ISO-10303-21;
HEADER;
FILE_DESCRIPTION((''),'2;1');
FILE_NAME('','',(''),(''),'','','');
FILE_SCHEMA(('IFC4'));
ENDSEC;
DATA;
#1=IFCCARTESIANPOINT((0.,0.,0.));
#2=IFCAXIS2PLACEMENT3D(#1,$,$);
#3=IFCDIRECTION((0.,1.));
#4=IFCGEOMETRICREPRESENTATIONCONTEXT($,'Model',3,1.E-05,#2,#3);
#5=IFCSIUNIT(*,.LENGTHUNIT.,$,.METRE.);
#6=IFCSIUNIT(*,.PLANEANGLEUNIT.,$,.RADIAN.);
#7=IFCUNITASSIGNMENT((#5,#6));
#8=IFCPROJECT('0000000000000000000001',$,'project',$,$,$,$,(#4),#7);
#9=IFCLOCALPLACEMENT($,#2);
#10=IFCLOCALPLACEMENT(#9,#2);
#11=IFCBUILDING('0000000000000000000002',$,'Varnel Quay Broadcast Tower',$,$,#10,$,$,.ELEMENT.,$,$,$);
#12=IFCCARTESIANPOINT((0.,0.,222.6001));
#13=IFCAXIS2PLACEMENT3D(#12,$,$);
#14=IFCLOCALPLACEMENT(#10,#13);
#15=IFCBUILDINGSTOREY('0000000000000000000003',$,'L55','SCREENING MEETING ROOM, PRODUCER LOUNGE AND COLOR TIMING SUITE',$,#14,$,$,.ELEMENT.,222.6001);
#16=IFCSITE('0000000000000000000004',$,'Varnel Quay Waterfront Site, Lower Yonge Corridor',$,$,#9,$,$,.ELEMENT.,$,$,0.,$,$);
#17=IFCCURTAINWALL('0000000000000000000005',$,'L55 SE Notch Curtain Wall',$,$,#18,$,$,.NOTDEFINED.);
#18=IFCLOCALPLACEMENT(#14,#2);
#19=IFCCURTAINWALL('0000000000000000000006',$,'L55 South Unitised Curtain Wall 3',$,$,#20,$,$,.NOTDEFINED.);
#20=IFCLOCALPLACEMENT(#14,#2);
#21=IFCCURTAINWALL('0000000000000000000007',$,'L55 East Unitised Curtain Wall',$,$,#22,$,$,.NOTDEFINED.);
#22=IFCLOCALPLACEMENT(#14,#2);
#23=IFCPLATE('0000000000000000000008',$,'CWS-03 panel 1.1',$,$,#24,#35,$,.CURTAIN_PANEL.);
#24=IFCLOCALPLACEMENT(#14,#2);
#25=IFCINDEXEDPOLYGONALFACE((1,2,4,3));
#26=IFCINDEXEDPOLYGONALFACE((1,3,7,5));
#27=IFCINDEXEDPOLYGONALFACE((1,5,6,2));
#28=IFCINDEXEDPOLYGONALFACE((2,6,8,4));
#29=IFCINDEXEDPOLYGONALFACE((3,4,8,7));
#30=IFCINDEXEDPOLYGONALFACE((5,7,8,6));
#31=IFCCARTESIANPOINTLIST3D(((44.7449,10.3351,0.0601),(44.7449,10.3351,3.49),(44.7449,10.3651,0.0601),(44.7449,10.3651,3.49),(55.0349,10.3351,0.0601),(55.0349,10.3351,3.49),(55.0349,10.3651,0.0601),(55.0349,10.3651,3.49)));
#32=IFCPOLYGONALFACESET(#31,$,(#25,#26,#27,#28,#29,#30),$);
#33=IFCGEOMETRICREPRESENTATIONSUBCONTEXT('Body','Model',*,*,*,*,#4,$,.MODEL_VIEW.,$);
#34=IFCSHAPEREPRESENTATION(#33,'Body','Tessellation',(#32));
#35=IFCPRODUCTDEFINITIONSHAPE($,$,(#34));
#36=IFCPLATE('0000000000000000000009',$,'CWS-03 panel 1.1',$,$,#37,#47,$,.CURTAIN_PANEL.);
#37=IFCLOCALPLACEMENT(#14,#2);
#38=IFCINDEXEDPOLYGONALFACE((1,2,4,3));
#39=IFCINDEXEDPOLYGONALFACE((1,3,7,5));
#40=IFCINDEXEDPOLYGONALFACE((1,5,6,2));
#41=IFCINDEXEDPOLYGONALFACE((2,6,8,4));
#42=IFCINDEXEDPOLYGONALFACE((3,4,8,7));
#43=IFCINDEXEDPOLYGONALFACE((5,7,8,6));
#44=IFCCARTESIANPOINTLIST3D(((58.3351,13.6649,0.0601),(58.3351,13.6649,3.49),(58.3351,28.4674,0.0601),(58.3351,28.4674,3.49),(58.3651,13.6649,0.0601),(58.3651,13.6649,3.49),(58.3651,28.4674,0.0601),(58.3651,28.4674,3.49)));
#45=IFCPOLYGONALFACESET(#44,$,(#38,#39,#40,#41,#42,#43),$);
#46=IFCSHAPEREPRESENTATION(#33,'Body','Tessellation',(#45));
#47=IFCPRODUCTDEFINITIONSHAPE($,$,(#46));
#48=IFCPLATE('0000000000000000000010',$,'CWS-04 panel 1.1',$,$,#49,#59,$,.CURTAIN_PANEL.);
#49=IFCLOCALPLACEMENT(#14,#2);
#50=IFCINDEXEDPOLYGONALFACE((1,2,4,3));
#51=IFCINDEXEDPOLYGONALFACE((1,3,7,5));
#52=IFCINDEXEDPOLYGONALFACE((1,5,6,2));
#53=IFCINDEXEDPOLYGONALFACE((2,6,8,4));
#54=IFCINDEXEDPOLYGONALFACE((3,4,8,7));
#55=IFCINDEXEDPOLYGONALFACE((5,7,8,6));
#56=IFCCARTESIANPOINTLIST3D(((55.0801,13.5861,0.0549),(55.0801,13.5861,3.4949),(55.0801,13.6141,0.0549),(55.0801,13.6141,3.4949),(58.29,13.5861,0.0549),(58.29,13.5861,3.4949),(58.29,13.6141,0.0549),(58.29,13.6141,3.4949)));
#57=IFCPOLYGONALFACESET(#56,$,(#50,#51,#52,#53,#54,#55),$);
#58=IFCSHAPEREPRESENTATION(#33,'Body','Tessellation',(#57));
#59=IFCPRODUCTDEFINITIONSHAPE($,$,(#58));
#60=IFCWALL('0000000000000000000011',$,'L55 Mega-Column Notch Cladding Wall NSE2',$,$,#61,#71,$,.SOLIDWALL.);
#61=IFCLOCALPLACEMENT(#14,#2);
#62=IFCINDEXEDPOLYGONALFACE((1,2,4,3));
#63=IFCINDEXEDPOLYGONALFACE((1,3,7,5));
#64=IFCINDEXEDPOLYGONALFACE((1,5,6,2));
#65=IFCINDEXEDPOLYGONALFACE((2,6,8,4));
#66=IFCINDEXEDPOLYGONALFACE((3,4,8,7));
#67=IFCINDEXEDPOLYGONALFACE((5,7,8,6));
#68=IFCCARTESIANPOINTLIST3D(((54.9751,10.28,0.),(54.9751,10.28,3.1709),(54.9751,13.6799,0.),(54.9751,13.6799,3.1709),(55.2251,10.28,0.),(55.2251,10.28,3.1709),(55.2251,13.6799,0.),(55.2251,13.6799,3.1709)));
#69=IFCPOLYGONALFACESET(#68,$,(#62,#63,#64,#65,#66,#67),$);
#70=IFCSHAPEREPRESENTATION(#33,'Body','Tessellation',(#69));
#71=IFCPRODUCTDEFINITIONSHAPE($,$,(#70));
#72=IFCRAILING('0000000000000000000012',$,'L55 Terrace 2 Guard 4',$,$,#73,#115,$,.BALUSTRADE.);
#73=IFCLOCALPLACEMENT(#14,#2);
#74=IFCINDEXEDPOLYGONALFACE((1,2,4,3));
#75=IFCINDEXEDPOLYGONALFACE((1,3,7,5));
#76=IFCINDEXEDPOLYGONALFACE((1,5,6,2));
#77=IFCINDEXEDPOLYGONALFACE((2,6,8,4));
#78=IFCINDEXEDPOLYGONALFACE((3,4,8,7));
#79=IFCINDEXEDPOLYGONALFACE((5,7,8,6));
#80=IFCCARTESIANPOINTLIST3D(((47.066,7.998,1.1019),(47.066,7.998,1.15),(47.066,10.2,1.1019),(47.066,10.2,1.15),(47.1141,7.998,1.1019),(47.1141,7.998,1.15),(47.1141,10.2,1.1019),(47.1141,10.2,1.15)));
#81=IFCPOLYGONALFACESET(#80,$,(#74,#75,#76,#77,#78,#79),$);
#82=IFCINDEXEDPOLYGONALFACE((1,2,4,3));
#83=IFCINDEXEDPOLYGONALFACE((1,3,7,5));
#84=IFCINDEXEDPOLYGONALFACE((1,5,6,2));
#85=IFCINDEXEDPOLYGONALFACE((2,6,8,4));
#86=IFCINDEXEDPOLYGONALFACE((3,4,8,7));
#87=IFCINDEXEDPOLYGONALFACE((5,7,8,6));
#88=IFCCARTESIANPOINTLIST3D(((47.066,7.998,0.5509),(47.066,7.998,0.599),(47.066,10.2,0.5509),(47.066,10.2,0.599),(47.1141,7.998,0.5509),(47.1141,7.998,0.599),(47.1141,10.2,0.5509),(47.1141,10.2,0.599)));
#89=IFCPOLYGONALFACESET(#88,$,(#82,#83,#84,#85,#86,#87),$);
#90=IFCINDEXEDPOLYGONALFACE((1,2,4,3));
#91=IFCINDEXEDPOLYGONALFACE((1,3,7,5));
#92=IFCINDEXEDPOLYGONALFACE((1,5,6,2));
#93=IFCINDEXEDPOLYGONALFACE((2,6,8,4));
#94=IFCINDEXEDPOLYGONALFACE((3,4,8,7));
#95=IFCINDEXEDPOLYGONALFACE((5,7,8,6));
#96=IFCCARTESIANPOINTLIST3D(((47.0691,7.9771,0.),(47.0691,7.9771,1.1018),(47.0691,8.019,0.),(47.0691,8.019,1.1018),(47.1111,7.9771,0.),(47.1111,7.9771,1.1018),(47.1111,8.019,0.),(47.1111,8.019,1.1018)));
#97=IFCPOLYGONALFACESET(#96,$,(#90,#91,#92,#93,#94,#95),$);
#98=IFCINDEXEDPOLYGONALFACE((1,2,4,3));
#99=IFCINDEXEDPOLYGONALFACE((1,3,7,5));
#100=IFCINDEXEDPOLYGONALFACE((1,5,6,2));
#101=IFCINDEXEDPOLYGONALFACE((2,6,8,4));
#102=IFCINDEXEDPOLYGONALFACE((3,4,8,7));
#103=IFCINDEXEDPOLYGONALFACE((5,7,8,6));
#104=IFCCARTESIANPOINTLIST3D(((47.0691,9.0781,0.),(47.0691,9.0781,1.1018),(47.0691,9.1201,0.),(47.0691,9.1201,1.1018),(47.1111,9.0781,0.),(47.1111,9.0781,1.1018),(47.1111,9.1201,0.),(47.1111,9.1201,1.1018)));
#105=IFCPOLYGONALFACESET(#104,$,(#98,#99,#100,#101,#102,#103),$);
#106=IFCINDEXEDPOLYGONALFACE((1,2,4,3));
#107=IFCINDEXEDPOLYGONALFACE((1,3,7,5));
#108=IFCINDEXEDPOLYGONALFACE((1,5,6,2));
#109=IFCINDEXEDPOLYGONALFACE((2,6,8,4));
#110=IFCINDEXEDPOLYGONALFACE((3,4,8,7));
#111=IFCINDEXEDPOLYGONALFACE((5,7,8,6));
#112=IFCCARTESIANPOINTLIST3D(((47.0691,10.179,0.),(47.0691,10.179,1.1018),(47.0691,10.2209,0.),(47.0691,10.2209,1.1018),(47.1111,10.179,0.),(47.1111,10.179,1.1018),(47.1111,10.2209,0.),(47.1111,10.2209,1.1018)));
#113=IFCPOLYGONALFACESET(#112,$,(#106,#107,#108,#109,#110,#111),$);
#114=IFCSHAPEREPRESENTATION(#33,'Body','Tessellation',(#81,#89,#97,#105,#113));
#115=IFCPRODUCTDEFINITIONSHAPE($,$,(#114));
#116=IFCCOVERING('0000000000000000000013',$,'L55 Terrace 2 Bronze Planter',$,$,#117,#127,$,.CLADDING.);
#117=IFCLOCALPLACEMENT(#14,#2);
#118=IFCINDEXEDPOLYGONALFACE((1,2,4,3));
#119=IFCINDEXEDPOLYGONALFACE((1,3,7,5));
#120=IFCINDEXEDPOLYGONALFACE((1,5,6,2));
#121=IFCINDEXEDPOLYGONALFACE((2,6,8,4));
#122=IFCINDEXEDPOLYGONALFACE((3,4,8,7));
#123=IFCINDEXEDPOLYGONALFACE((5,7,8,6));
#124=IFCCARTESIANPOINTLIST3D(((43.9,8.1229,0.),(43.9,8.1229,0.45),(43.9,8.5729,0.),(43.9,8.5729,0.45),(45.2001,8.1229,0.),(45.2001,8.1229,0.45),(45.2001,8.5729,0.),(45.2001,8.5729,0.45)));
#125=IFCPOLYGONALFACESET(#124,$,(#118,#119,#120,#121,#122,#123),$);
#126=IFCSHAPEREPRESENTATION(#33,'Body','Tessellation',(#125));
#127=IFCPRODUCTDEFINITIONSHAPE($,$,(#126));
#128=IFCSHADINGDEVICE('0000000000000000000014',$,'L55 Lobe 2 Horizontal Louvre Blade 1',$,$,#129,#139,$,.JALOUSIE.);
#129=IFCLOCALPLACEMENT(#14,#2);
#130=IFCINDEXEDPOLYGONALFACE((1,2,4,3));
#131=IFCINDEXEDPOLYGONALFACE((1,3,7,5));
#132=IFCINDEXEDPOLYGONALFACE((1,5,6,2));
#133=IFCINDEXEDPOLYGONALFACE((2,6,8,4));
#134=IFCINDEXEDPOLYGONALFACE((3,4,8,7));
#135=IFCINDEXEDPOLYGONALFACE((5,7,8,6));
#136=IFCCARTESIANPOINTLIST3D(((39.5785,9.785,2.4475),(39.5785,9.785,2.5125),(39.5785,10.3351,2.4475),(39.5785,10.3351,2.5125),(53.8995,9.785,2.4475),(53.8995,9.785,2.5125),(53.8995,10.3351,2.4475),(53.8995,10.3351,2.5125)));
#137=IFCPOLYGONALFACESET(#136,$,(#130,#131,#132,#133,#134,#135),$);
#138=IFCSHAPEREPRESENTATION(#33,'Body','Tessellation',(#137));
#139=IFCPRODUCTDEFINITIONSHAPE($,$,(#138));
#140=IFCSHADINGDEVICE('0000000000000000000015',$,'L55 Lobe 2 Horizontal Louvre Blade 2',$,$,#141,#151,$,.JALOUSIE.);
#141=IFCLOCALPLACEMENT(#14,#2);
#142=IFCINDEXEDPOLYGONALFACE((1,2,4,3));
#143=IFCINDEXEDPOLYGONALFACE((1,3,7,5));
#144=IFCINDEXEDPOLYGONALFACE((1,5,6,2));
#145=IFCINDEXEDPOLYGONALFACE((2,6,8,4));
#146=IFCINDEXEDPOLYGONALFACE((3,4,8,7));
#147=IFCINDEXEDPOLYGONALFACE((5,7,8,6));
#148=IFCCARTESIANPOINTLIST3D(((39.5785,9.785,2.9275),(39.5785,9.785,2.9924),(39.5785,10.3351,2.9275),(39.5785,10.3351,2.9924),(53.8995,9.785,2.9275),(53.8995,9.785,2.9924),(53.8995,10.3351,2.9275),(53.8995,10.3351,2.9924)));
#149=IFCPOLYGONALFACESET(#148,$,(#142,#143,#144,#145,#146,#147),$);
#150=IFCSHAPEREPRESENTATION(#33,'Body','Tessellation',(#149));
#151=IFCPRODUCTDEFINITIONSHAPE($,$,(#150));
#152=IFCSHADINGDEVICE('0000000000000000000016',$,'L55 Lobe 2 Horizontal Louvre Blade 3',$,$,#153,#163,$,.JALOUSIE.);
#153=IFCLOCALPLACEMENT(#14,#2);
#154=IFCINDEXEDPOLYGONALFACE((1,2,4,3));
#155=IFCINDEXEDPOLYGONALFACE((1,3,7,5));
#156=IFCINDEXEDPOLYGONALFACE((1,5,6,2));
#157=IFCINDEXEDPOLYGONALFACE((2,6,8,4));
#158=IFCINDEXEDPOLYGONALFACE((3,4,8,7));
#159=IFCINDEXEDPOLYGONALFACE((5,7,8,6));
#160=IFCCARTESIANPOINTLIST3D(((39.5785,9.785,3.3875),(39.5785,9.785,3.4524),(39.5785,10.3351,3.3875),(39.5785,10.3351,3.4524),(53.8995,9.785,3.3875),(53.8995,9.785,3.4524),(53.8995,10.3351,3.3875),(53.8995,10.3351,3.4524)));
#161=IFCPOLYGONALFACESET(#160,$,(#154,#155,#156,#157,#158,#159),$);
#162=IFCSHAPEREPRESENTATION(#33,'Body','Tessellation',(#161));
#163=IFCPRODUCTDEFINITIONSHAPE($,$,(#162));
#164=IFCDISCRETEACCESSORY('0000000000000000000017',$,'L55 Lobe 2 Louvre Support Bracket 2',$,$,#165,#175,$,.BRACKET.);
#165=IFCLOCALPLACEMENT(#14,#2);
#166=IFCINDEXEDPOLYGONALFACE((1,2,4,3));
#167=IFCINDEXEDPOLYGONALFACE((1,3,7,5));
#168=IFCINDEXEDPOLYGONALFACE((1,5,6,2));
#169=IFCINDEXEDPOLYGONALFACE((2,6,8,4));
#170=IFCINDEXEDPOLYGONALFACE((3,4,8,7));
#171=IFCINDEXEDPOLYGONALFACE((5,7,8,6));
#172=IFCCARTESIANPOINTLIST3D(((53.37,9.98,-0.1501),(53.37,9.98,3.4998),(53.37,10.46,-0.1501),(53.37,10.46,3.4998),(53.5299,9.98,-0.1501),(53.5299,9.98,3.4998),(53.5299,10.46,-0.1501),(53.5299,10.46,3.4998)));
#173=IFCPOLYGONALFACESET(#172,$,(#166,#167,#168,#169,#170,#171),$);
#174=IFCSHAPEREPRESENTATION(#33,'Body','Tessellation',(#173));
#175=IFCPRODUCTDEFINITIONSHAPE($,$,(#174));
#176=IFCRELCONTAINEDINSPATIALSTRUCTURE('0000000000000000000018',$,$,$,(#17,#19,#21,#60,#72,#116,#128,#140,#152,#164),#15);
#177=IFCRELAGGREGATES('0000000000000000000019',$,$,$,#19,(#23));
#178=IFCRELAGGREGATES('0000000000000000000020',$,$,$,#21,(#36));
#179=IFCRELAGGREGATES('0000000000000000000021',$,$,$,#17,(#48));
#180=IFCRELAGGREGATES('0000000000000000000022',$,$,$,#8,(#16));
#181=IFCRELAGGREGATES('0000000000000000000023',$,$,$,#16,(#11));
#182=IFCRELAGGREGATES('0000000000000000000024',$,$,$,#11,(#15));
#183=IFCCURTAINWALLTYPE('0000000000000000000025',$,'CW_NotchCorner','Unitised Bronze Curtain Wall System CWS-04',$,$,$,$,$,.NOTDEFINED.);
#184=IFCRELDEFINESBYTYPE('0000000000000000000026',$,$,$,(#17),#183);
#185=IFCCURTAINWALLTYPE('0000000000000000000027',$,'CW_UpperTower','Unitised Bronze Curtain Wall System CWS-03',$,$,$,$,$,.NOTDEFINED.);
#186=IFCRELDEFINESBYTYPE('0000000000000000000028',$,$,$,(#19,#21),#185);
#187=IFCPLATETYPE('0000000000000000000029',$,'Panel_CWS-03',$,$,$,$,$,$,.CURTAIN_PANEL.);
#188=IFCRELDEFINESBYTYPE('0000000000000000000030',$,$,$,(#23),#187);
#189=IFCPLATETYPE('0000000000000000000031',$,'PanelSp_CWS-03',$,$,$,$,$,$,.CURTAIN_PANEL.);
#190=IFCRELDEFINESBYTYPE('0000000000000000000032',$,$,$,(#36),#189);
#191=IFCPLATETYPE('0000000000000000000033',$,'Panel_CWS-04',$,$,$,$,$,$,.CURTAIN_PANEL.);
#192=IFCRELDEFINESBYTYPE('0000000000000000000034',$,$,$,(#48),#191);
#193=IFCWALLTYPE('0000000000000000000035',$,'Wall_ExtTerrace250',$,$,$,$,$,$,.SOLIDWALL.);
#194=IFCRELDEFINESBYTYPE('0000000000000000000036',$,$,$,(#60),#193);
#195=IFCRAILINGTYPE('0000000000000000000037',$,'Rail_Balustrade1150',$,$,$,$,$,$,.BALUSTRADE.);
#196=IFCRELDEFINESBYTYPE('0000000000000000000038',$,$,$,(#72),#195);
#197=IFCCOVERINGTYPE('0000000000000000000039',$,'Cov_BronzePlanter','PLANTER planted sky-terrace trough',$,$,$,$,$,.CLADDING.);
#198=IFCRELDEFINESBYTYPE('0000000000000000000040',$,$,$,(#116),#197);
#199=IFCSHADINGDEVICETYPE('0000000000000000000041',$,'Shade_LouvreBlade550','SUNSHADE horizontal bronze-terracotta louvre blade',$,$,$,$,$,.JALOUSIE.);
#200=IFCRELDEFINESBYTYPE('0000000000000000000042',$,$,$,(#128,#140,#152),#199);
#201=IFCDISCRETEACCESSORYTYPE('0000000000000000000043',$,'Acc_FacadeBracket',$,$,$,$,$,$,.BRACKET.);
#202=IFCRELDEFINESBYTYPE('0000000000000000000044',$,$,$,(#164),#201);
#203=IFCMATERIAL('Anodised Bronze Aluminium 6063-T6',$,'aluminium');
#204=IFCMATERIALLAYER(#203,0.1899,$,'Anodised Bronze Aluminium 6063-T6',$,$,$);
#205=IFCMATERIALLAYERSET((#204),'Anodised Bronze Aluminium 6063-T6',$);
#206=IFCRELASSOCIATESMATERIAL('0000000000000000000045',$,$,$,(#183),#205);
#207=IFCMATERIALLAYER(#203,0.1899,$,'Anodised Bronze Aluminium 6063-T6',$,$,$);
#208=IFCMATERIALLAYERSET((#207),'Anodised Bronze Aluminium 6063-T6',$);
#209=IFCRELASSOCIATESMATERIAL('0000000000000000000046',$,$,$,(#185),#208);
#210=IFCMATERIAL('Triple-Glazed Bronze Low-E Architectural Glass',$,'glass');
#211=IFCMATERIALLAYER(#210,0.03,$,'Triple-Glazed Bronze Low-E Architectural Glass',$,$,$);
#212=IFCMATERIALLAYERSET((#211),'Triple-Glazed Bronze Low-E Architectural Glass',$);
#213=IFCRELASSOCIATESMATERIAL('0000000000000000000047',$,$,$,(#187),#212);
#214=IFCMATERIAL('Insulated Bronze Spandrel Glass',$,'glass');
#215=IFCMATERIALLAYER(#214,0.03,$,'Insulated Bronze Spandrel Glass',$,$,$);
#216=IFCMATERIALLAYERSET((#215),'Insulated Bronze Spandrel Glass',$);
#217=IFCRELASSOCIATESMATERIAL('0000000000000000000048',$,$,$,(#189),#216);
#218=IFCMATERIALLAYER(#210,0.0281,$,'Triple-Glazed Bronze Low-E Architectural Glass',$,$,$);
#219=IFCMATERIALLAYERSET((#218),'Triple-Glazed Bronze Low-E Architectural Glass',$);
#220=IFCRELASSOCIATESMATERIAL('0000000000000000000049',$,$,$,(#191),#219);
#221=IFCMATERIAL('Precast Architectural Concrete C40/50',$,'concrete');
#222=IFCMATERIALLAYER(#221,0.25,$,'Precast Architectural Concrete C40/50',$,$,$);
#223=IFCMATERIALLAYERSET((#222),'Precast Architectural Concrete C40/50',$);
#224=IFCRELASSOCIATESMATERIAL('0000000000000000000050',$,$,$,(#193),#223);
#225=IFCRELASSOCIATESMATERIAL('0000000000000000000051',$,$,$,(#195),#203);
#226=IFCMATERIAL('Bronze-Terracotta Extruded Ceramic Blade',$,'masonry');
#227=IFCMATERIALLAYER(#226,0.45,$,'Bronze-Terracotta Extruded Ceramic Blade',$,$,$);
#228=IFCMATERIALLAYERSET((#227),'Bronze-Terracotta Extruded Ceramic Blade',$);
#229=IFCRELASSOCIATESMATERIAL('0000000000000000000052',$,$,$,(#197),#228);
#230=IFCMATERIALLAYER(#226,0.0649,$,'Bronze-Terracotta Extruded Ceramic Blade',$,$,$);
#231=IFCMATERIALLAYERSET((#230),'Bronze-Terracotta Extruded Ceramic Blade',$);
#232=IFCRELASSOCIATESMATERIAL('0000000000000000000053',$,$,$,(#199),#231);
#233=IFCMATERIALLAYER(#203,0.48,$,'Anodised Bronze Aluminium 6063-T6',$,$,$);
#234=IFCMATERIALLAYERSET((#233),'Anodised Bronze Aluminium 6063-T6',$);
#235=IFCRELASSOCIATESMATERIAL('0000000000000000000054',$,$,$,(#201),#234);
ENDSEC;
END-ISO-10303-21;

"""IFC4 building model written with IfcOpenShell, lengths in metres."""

from ifc_helpers import new_model, si_unit, direction, frame, frame_2d, origin, origin_2d, place, context, subcontext, project, spatial, rectangle, extrude, source, transform, mapped, material, layer, layer_set, type_object, type_shapes, element, aggregate, save


model = new_model("IFC4")

# Units and contexts
model_context = context("Model", 3, precision=1e-05, world=origin(), true_north=direction((0.0, 1.0)))
body_context = subcontext(model_context, "Body", "Model", "MODEL_VIEW")
ifc_project = project(units=[si_unit("LENGTHUNIT", "METRE"), si_unit("PLANEANGLEUNIT", "RADIAN")], contexts=[model_context])

# Site, building, storey
site_placement = place(None, origin())
site = spatial("IfcSite", under=ifc_project, at=site_placement, Name="Varnel Quay Waterfront Site, Lower Yonge Corridor", CompositionType="ELEMENT", RefElevation=0.0)
building_placement = place(site_placement, origin())
building = spatial("IfcBuilding", under=site, at=building_placement, Name="Varnel Quay Broadcast Tower", CompositionType="ELEMENT")
storey_placement = place(building_placement, frame((0.0, 0.0, 222.6001)))
storey = spatial("IfcBuildingStorey", under=building, at=storey_placement, Name="L55", Description="SCREENING MEETING ROOM, PRODUCER LOUNGE AND COLOR TIMING SUITE", CompositionType="ELEMENT", Elevation=222.6001)

# Curtain walls
ifc_material_1 = material(Name="Anodised Bronze Aluminium 6063-T6", Category="aluminium")
ifc_layer_1 = layer(ifc_material_1, 0.1899, Name="Anodised Bronze Aluminium 6063-T6")
ifc_layer_set_1 = layer_set([ifc_layer_1], Name="Anodised Bronze Aluminium 6063-T6")
curtain_wall_type_1 = type_object("IfcCurtainWallType", Name="CW_NotchCorner", Description="Unitised Bronze Curtain Wall System CWS-04", PredefinedType="NOTDEFINED", material=ifc_layer_set_1)
curtain_wall_1_placement = place(storey_placement, origin())
curtain_wall_1 = element("IfcCurtainWall", 1, at=curtain_wall_1_placement, inside=storey, type_object=curtain_wall_type_1, Name="L55 SE Notch Curtain Wall", PredefinedType="NOTDEFINED")
ifc_layer_2 = layer(ifc_material_1, 0.1899, Name="Anodised Bronze Aluminium 6063-T6")
ifc_layer_set_2 = layer_set([ifc_layer_2], Name="Anodised Bronze Aluminium 6063-T6")
curtain_wall_type_2 = type_object("IfcCurtainWallType", Name="CW_UpperTower", Description="Unitised Bronze Curtain Wall System CWS-03", PredefinedType="NOTDEFINED", material=ifc_layer_set_2)
curtain_wall_2_placement = place(storey_placement, origin())
curtain_wall_2 = element("IfcCurtainWall", 2, at=curtain_wall_2_placement, inside=storey, type_object=curtain_wall_type_2, Name="L55 South Unitised Curtain Wall 3", PredefinedType="NOTDEFINED")

# Curtain wall
curtain_wall_3_placement = place(storey_placement, origin())
curtain_wall_3 = element("IfcCurtainWall", 3, at=curtain_wall_3_placement, inside=storey, type_object=curtain_wall_type_2, Name="L55 East Unitised Curtain Wall", PredefinedType="NOTDEFINED")

# Plates
ifc_material_2 = material(Name="Triple-Glazed Bronze Low-E Architectural Glass", Category="glass")
ifc_layer_3 = layer(ifc_material_2, 0.03, Name="Triple-Glazed Bronze Low-E Architectural Glass")
ifc_layer_set_3 = layer_set([ifc_layer_3], Name="Triple-Glazed Bronze Low-E Architectural Glass")
plate_type_1 = type_object("IfcPlateType", Name="Panel_CWS-03", PredefinedType="CURTAIN_PANEL", material=ifc_layer_set_3)
shared_shape_1 = source(origin(), body_context, "Body", "SweptSolid", [
    extrude(rectangle(XDim=10.29, YDim=0.03, at=origin_2d()), origin(), (0.0, 0.0, 1.0), 3.4299),
])
type_shapes(plate_type_1, [shared_shape_1])
plate_1_placement = place(storey_placement, frame((49.8899, 10.3501, 0.0601), z_axis=(0.0, 0.0, 1.0), x_axis=(1.0, 0.0, 0.0)))
plate_1 = element("IfcPlate", 4, at=plate_1_placement, type_object=plate_type_1, Name="CWS-03 panel 1.1", PredefinedType="CURTAIN_PANEL", context=body_context, shape_type="MappedRepresentation", body=[
    mapped(shared_shape_1, transform((0.0, 0.0, 0.0), x_axis=(1.0, 0.0, 0.0), y_axis=(0.0, 1.0, 0.0), z_axis=(0.0, 0.0, 1.0), scale=1.0)),
])
aggregate(curtain_wall_2, [plate_1])
ifc_material_3 = material(Name="Insulated Bronze Spandrel Glass", Category="glass")
ifc_layer_4 = layer(ifc_material_3, 0.03, Name="Insulated Bronze Spandrel Glass")
ifc_layer_set_4 = layer_set([ifc_layer_4], Name="Insulated Bronze Spandrel Glass")
plate_type_2 = type_object("IfcPlateType", Name="PanelSp_CWS-03", PredefinedType="CURTAIN_PANEL", material=ifc_layer_set_4)
shared_shape_2 = source(origin(), body_context, "Body", "SweptSolid", [
    extrude(rectangle(XDim=14.8025, YDim=0.03, at=origin_2d()), origin(), (0.0, 0.0, 1.0), 3.4299),
])
type_shapes(plate_type_2, [shared_shape_2])
plate_2_placement = place(storey_placement, frame((58.3501, 21.0662, 0.0601), z_axis=(0.0, 0.0, 1.0), x_axis=(0.0, 1.0, 0.0)))
plate_2 = element("IfcPlate", 5, at=plate_2_placement, type_object=plate_type_2, Name="CWS-03 panel 1.1", PredefinedType="CURTAIN_PANEL", context=body_context, shape_type="MappedRepresentation", body=[
    mapped(shared_shape_2, transform((0.0, 0.0, 0.0), x_axis=(1.0, 0.0, 0.0), y_axis=(0.0, 1.0, 0.0), z_axis=(0.0, 0.0, 1.0), scale=1.0)),
])
aggregate(curtain_wall_3, [plate_2])
ifc_layer_5 = layer(ifc_material_2, 0.0281, Name="Triple-Glazed Bronze Low-E Architectural Glass")
ifc_layer_set_5 = layer_set([ifc_layer_5], Name="Triple-Glazed Bronze Low-E Architectural Glass")
plate_type_3 = type_object("IfcPlateType", Name="Panel_CWS-04", PredefinedType="CURTAIN_PANEL", material=ifc_layer_set_5)
shared_shape_3 = source(origin(), body_context, "Body", "SweptSolid", [
    extrude(rectangle(XDim=3.21, YDim=0.0281, at=origin_2d()), origin(), (0.0, 0.0, 1.0), 3.4399),
])
type_shapes(plate_type_3, [shared_shape_3])
plate_3_placement = place(storey_placement, frame((56.6851, 13.6001, 0.0549), z_axis=(0.0, 0.0, 1.0), x_axis=(1.0, 0.0, 0.0)))
plate_3 = element("IfcPlate", 6, at=plate_3_placement, type_object=plate_type_3, Name="CWS-04 panel 1.1", PredefinedType="CURTAIN_PANEL", context=body_context, shape_type="MappedRepresentation", body=[
    mapped(shared_shape_3, transform((0.0, 0.0, 0.0), x_axis=(1.0, 0.0, 0.0), y_axis=(0.0, 1.0, 0.0), z_axis=(0.0, 0.0, 1.0), scale=1.0)),
])
aggregate(curtain_wall_1, [plate_3])

# Wall
ifc_material_4 = material(Name="Precast Architectural Concrete C40/50", Category="concrete")
ifc_layer_6 = layer(ifc_material_4, 0.25, Name="Precast Architectural Concrete C40/50")
ifc_layer_set_6 = layer_set([ifc_layer_6], Name="Precast Architectural Concrete C40/50")
wall_type = type_object("IfcWallType", Name="Wall_ExtTerrace250", PredefinedType="SOLIDWALL", material=ifc_layer_set_6)
wall_placement = place(storey_placement, frame((55.1001, 10.28, 0.0), z_axis=(0.0, 0.0, 1.0), x_axis=(0.0, 1.0, 0.0)))
element("IfcWall", 7, at=wall_placement, inside=storey, type_object=wall_type, Name="L55 Mega-Column Notch Cladding Wall NSE2", PredefinedType="SOLIDWALL", context=body_context, shape_type="SweptSolid", body=[
    extrude(rectangle(XDim=3.3999, YDim=0.25, at=frame_2d((1.7, 0.0))), origin(), (0.0, 0.0, 1.0), 3.1709),
])

# Railing
railing_type = type_object("IfcRailingType", Name="Rail_Balustrade1150", PredefinedType="BALUSTRADE", material=ifc_material_1)
railing_placement = place(storey_placement, frame((47.0901, 7.998, 0.0)))
element("IfcRailing", 8, at=railing_placement, inside=storey, type_object=railing_type, Name="L55 Terrace 2 Guard 4", PredefinedType="BALUSTRADE", context=body_context, shape_type="SweptSolid", body=[
    extrude(rectangle(XDim=0.0481, YDim=0.0481, at=origin_2d()), frame((0.0, 0.0, 1.126), z_axis=(0.0, 1.0, 0.0), x_axis=(-1.0, 0.0, 0.0)), (0.0, 0.0, 1.0), 2.2019),
    extrude(rectangle(XDim=0.0481, YDim=0.0481, at=origin_2d()), frame((0.0, 0.0, 0.575), z_axis=(0.0, 1.0, 0.0), x_axis=(-1.0, 0.0, 0.0)), (0.0, 0.0, 1.0), 2.2019),
    extrude(rectangle(XDim=0.042, YDim=0.042, at=origin_2d()), origin(), (0.0, 0.0, 1.0), 1.1018),
    extrude(rectangle(XDim=0.042, YDim=0.042, at=origin_2d()), frame((0.0, 1.1011, 0.0)), (0.0, 0.0, 1.0), 1.1018),
    extrude(rectangle(XDim=0.042, YDim=0.042, at=origin_2d()), frame((0.0, 2.2019, 0.0)), (0.0, 0.0, 1.0), 1.1018),
])

# Covering
ifc_material_5 = material(Name="Bronze-Terracotta Extruded Ceramic Blade", Category="masonry")
ifc_layer_7 = layer(ifc_material_5, 0.45, Name="Bronze-Terracotta Extruded Ceramic Blade")
ifc_layer_set_7 = layer_set([ifc_layer_7], Name="Bronze-Terracotta Extruded Ceramic Blade")
covering_type = type_object("IfcCoveringType", Name="Cov_BronzePlanter", Description="PLANTER planted sky-terrace trough", PredefinedType="CLADDING", material=ifc_layer_set_7)
shared_shape_4 = source(origin(), body_context, "Body", "SweptSolid", [
    extrude(rectangle(XDim=1.3, YDim=0.45, at=origin_2d()), origin(), (0.0, 0.0, 1.0), 0.45),
])
type_shapes(covering_type, [shared_shape_4])
covering_placement = place(storey_placement, frame((44.55, 8.3479, 0.0), z_axis=(0.0, 0.0, 1.0), x_axis=(1.0, 0.0, 0.0)))
element("IfcCovering", 9, at=covering_placement, inside=storey, type_object=covering_type, Name="L55 Terrace 2 Bronze Planter", PredefinedType="CLADDING", context=body_context, shape_type="MappedRepresentation", body=[
    mapped(shared_shape_4, transform((0.0, 0.0, 0.0), x_axis=(1.0, 0.0, 0.0), y_axis=(0.0, 1.0, 0.0), z_axis=(0.0, 0.0, 1.0), scale=1.0)),
])

# Shading devices
ifc_layer_8 = layer(ifc_material_5, 0.0649, Name="Bronze-Terracotta Extruded Ceramic Blade")
ifc_layer_set_8 = layer_set([ifc_layer_8], Name="Bronze-Terracotta Extruded Ceramic Blade")
shading_device_type = type_object("IfcShadingDeviceType", Name="Shade_LouvreBlade550", Description="SUNSHADE horizontal bronze-terracotta louvre blade", PredefinedType="JALOUSIE", material=ifc_layer_set_8)
shared_shape_5 = source(origin(), body_context, "Body", "SweptSolid", [
    extrude(rectangle(XDim=14.321, YDim=0.55, at=origin_2d()), origin(), (0.0, 0.0, 1.0), 0.0649),
])
type_shapes(shading_device_type, [shared_shape_5])
for number, where, z_axis, x_axis, name in (
    (10, (46.739, 10.0601, 2.4475), (0.0, 0.0, 1.0), (1.0, 0.0, 0.0), "L55 Lobe 2 Horizontal Louvre Blade 1"),
    (11, (46.739, 10.0601, 2.9275), (0.0, 0.0, 1.0), (1.0, 0.0, 0.0), "L55 Lobe 2 Horizontal Louvre Blade 2"),
    (12, (46.739, 10.0601, 3.3875), (0.0, 0.0, 1.0), (1.0, 0.0, 0.0), "L55 Lobe 2 Horizontal Louvre Blade 3"),
):
    element("IfcShadingDevice", number, at=place(storey_placement, frame(where, z_axis=z_axis, x_axis=x_axis)), inside=storey, type_object=shading_device_type, Name=name, PredefinedType="JALOUSIE", context=body_context, shape_type="MappedRepresentation", body=[
        mapped(shared_shape_5, transform((0.0, 0.0, 0.0), x_axis=(1.0, 0.0, 0.0), y_axis=(0.0, 1.0, 0.0), z_axis=(0.0, 0.0, 1.0), scale=1.0)),
    ])

# Discrete accessory
ifc_layer_9 = layer(ifc_material_1, 0.48, Name="Anodised Bronze Aluminium 6063-T6")
ifc_layer_set_9 = layer_set([ifc_layer_9], Name="Anodised Bronze Aluminium 6063-T6")
discrete_accessory_type = type_object("IfcDiscreteAccessoryType", Name="Acc_FacadeBracket", PredefinedType="BRACKET", material=ifc_layer_set_9)
shared_shape_6 = source(origin(), body_context, "Body", "SweptSolid", [
    extrude(rectangle(XDim=0.1599, YDim=0.48, at=origin_2d()), origin(), (0.0, 0.0, 1.0), 3.6499),
])
type_shapes(discrete_accessory_type, [shared_shape_6])
discrete_accessory_placement = place(storey_placement, frame((53.45, 10.22, -0.1501), z_axis=(0.0, 0.0, 1.0), x_axis=(1.0, 0.0, 0.0)))
element("IfcDiscreteAccessory", 13, at=discrete_accessory_placement, inside=storey, type_object=discrete_accessory_type, Name="L55 Lobe 2 Louvre Support Bracket 2", PredefinedType="BRACKET", context=body_context, shape_type="MappedRepresentation", body=[
    mapped(shared_shape_6, transform((0.0, 0.0, 0.0), x_axis=(1.0, 0.0, 0.0), y_axis=(0.0, 1.0, 0.0), z_axis=(0.0, 0.0, 1.0), scale=1.0)),
])

save(model, "model.ifc")
